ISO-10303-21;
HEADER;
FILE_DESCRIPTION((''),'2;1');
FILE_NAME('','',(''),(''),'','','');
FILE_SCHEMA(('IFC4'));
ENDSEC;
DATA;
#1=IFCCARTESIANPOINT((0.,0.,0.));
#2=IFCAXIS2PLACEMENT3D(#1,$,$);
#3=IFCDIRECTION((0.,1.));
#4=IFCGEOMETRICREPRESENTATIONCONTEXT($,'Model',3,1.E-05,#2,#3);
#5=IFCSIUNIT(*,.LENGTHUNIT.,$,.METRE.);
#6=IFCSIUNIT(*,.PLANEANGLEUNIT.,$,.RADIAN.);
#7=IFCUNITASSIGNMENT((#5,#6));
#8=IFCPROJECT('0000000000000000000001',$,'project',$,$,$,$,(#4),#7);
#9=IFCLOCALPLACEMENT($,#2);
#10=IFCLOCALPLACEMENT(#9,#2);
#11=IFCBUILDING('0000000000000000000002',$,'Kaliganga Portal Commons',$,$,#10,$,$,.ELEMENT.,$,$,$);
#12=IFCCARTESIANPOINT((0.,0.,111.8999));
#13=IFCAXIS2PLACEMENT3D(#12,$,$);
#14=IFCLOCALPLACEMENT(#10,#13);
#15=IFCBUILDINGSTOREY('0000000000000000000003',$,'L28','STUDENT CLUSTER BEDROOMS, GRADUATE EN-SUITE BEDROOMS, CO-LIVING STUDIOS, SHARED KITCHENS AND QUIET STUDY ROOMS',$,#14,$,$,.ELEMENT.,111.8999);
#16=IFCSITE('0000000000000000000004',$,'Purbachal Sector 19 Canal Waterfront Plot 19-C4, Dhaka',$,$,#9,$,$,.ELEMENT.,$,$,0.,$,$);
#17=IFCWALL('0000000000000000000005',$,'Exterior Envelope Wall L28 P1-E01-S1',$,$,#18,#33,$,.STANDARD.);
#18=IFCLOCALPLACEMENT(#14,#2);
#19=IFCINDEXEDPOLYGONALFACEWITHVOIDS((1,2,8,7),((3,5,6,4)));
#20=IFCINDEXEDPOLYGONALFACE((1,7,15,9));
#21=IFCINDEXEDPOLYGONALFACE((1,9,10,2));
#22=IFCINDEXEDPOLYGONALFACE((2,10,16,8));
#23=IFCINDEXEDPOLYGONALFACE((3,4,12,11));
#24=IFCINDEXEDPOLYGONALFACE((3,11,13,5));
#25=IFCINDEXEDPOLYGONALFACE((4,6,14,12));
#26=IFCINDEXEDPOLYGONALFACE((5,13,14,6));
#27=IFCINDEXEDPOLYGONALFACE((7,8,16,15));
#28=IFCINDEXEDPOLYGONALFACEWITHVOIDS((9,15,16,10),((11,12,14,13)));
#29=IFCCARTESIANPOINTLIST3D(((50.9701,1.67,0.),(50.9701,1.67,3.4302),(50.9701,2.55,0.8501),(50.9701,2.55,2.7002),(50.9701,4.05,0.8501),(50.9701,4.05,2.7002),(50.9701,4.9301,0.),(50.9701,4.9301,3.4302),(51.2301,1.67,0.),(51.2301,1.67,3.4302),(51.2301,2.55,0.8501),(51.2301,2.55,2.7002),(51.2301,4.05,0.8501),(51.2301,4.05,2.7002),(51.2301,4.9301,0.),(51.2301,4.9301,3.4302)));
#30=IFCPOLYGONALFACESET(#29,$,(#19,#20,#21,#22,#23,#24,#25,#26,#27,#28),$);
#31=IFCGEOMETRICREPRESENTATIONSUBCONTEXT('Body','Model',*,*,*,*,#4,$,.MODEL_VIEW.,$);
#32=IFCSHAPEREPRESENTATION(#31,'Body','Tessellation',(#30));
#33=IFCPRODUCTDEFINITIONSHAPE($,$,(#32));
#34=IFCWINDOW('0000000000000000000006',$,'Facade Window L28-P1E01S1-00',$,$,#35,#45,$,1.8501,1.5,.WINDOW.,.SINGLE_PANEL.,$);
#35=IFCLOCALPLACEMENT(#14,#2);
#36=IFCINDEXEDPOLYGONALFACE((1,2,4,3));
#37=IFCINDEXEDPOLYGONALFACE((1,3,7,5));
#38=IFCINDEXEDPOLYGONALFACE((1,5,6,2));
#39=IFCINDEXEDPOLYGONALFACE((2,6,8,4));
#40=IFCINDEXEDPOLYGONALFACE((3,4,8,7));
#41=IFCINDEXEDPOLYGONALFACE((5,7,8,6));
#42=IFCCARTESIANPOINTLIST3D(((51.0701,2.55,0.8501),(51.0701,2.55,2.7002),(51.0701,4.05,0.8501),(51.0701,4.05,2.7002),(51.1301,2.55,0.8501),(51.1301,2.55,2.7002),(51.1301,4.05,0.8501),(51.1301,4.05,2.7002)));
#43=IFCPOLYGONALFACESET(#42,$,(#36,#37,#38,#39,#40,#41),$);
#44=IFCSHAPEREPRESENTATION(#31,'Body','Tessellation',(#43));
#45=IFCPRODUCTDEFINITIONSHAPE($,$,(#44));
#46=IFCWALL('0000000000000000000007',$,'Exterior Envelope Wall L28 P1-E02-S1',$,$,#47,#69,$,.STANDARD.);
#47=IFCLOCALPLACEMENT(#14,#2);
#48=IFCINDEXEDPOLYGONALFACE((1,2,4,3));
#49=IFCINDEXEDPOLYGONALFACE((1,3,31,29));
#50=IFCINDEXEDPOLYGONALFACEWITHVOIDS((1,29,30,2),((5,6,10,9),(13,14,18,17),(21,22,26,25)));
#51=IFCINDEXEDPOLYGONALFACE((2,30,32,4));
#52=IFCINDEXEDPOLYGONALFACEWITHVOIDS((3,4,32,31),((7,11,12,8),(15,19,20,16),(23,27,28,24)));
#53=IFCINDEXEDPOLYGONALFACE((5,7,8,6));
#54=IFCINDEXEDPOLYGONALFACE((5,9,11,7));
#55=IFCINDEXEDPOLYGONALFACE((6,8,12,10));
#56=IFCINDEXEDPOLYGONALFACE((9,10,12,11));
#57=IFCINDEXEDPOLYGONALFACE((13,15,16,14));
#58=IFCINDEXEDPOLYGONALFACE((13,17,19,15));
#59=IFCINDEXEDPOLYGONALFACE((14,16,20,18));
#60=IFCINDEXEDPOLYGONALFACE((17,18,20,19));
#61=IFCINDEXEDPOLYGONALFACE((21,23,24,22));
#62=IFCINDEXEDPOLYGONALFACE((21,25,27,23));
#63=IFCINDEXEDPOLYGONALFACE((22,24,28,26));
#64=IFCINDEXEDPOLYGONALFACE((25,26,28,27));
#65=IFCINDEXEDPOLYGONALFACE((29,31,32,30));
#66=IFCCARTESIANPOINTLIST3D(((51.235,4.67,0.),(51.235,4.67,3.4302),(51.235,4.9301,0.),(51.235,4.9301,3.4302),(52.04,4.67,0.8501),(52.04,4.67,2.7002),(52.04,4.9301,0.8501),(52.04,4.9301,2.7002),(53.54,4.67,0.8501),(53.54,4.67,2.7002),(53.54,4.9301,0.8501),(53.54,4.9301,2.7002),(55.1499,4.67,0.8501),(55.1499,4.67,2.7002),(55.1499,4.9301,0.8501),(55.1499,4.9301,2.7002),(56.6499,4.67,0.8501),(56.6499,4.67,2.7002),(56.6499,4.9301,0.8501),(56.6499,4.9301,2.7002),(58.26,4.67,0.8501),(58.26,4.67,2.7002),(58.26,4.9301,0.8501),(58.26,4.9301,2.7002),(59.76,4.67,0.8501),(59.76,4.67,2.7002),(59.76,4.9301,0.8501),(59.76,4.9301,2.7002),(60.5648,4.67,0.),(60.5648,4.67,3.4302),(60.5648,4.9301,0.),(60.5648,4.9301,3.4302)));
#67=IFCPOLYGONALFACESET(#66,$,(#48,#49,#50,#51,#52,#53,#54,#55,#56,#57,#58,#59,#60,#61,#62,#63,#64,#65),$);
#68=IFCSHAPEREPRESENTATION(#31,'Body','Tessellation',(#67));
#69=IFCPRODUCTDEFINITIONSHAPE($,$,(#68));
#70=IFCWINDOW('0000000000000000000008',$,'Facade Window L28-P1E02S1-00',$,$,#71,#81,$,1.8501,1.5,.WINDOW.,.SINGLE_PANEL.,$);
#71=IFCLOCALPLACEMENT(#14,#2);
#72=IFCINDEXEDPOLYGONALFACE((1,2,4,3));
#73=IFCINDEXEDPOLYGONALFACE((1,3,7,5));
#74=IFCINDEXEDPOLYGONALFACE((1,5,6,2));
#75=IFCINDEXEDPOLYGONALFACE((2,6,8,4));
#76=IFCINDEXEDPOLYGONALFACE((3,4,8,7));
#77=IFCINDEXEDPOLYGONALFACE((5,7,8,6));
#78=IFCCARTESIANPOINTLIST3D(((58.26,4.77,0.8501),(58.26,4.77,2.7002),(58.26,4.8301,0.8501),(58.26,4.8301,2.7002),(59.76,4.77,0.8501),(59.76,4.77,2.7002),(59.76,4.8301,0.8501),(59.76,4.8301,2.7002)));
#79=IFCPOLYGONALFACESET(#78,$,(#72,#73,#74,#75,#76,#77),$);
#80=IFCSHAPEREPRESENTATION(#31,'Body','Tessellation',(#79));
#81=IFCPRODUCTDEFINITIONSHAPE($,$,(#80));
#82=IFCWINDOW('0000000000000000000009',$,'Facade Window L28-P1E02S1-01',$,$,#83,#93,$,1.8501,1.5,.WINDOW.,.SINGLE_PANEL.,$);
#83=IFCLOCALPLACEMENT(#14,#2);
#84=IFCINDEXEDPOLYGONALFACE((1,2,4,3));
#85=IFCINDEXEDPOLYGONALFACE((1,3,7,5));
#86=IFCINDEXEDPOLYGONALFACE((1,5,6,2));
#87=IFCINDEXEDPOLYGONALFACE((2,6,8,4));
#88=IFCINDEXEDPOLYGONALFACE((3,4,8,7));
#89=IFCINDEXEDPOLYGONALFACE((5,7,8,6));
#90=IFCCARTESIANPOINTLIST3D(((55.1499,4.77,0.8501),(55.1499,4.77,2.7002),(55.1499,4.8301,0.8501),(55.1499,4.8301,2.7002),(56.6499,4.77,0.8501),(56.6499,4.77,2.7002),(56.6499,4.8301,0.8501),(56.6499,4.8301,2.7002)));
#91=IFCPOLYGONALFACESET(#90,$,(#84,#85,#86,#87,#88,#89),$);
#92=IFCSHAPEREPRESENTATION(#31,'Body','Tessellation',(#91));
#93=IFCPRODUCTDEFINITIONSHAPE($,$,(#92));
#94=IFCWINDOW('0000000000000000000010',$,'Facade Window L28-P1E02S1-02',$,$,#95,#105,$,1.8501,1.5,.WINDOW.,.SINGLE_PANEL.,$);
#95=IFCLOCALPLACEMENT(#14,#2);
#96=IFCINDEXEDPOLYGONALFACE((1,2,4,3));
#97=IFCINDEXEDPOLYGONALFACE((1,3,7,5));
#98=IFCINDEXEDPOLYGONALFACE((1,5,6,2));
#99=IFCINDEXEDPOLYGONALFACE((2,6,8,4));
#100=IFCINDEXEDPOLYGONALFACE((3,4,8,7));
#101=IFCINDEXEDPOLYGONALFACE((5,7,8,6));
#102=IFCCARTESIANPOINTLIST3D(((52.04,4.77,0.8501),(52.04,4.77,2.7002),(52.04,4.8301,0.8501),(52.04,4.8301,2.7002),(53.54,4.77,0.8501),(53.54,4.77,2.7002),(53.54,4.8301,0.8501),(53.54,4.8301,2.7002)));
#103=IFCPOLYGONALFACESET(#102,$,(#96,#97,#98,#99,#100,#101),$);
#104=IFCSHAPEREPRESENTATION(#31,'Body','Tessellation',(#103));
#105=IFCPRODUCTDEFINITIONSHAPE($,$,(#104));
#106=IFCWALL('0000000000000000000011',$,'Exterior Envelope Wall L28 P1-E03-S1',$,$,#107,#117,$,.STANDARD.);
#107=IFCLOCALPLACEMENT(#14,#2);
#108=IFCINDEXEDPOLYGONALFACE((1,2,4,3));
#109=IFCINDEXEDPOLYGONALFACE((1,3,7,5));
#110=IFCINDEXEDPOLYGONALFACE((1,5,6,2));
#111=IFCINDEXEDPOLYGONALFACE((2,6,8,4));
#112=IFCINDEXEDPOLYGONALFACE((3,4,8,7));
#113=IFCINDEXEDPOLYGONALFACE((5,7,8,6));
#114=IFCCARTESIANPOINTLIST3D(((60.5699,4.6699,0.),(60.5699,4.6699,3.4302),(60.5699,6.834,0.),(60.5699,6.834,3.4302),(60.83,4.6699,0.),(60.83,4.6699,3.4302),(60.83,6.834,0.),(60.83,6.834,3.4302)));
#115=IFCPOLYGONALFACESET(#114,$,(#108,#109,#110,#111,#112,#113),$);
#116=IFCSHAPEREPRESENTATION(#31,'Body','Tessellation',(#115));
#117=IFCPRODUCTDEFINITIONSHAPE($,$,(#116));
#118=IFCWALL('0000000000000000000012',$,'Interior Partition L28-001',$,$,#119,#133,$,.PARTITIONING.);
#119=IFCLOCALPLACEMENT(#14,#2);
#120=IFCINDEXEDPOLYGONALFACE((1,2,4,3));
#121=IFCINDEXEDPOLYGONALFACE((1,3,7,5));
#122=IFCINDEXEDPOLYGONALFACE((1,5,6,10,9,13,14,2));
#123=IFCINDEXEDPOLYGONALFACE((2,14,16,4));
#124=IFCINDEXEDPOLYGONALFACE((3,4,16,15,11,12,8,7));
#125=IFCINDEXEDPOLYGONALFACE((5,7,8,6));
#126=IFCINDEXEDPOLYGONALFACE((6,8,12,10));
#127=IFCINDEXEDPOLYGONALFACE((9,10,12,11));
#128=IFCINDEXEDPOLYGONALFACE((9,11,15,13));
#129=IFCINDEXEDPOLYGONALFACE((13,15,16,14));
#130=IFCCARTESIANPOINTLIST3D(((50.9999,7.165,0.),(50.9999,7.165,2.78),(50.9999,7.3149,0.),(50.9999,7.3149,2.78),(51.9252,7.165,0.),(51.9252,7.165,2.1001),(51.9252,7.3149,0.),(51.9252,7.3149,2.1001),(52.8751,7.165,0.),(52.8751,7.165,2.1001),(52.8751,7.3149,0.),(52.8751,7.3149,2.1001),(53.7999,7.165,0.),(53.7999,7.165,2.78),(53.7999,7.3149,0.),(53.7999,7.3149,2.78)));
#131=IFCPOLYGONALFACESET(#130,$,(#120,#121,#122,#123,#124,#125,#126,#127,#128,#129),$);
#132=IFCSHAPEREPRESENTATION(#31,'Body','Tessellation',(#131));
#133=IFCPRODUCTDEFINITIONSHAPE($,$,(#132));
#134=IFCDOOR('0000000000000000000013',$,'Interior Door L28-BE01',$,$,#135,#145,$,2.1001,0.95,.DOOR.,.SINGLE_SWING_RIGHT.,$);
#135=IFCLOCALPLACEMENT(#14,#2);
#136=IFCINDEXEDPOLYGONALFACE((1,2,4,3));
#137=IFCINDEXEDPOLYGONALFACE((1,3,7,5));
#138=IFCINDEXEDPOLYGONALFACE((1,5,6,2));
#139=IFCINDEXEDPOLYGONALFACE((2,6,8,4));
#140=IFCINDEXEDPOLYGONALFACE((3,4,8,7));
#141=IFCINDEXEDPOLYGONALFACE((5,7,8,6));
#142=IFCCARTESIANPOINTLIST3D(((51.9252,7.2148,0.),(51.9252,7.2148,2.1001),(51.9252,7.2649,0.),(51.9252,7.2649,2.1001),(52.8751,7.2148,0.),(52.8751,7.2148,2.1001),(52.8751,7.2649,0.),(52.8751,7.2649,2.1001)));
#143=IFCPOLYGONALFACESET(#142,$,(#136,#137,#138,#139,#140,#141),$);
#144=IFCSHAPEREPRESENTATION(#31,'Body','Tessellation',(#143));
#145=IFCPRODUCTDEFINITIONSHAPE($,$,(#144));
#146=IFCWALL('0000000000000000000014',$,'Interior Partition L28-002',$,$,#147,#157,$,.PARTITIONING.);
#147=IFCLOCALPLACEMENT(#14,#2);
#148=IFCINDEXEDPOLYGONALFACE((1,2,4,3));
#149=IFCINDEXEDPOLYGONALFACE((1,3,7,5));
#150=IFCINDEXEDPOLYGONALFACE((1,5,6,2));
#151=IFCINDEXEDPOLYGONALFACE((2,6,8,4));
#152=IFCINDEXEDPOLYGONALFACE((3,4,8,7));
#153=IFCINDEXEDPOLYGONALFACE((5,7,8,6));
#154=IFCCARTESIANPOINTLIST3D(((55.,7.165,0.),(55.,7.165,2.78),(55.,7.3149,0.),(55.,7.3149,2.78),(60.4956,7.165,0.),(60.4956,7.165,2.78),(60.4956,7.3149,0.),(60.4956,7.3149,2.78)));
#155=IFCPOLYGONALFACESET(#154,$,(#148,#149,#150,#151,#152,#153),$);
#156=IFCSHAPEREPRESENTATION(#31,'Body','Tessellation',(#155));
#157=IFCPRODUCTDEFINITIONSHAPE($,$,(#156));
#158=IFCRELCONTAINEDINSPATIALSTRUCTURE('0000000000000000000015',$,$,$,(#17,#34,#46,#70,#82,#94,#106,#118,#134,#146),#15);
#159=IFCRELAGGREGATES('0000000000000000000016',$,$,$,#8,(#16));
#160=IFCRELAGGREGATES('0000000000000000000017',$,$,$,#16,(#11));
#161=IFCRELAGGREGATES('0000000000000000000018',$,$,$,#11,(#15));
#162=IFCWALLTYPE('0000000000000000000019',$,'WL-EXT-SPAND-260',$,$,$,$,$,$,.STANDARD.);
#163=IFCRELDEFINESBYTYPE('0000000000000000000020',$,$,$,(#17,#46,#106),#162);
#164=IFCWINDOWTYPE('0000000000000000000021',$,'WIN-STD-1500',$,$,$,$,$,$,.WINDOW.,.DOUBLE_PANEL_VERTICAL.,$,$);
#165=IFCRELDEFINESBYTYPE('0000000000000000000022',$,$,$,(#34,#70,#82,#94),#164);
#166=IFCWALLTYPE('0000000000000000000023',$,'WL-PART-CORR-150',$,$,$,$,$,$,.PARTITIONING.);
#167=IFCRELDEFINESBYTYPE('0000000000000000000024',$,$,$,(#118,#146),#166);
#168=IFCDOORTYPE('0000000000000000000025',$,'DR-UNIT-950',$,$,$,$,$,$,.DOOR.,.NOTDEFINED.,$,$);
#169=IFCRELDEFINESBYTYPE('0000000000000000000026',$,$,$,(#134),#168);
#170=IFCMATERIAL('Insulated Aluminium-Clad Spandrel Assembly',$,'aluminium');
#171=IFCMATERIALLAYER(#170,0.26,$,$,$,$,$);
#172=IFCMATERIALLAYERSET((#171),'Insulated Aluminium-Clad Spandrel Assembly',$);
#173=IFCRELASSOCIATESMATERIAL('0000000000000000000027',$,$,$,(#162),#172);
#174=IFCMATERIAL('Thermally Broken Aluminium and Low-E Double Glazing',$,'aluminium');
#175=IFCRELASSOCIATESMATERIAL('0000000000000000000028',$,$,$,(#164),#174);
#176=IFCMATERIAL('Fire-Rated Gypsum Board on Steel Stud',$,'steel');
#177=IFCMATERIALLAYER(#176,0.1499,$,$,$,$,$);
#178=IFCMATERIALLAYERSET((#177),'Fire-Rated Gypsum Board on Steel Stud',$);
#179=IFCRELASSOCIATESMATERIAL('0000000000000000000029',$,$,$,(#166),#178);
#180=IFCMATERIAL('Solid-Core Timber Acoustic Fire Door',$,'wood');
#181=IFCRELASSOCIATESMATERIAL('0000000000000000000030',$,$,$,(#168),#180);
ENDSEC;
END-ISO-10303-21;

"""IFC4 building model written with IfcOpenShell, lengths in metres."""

from ifc_helpers import new_model, si_unit, direction, frame, frame_2d, origin, place, context, subcontext, project, spatial, rectangle, extrude, material, layer, layer_set, type_object, element, fill, save


model = new_model("IFC4")

# Units and contexts
model_context = context("Model", 3, precision=1e-05, world=origin(), true_north=direction((0.0, 1.0)))
body_context = subcontext(model_context, "Body", "Model", "MODEL_VIEW")
ifc_project = project(units=[si_unit("LENGTHUNIT", "METRE"), si_unit("PLANEANGLEUNIT", "RADIAN")], contexts=[model_context])

# Site, building, storey
site_placement = place(None, origin())
site = spatial("IfcSite", under=ifc_project, at=site_placement, Name="Purbachal Sector 19 Canal Waterfront Plot 19-C4, Dhaka", CompositionType="ELEMENT", RefElevation=0.0)
building_placement = place(site_placement, origin())
building = spatial("IfcBuilding", under=site, at=building_placement, Name="Kaliganga Portal Commons", CompositionType="ELEMENT")
storey_placement = place(building_placement, frame((0.0, 0.0, 111.8999)))
storey = spatial("IfcBuildingStorey", under=building, at=storey_placement, Name="L28", Description="STUDENT CLUSTER BEDROOMS, GRADUATE EN-SUITE BEDROOMS, CO-LIVING STUDIOS, SHARED KITCHENS AND QUIET STUDY ROOMS", CompositionType="ELEMENT", Elevation=111.8999)

# Shared definitions
ifc_material_1 = material(Name="Insulated Aluminium-Clad Spandrel Assembly", Category="aluminium")
ifc_layer_1 = layer(ifc_material_1, 0.26)
ifc_layer_set_1 = layer_set([ifc_layer_1], Name="Insulated Aluminium-Clad Spandrel Assembly")
wall_type_1 = type_object("IfcWallType", Name="WL-EXT-SPAND-260", PredefinedType="STANDARD", material=ifc_layer_set_1)
ifc_material_2 = material(Name="Thermally Broken Aluminium and Low-E Double Glazing", Category="aluminium")
window_type = type_object("IfcWindowType", Name="WIN-STD-1500", PartitioningType="DOUBLE_PANEL_VERTICAL", PredefinedType="WINDOW", material=ifc_material_2)

# Wall, opening, window
wall_1_placement = place(storey_placement, frame((51.1001, 4.9299, 0.0), z_axis=(0.0, 0.0, 1.0), x_axis=(0.0, -1.0, 0.0)))
wall_1 = element("IfcWall", 1, at=wall_1_placement, inside=storey, type_object=wall_type_1, Name="Exterior Envelope Wall L28 P1-E01-S1", PredefinedType="STANDARD", context=body_context, shape_type="SweptSolid", body=[
    extrude(rectangle(XDim=3.26, YDim=0.26, at=frame_2d((1.6299, 0.0))), origin(), (0.0, 0.0, 1.0), 3.4302),
])
opening_1_placement = place(wall_1_placement, frame((0.8799, 0.0, 0.8501)))
opening_1 = element("IfcOpeningElement", 2, at=opening_1_placement, cuts=wall_1, PredefinedType="OPENING", context=body_context, shape_type="SweptSolid", body=[
    extrude(rectangle(XDim=1.5, YDim=1.8501, at=frame_2d((0.75, 0.925))), frame((0.0, 0.1401, 0.0), z_axis=(0.0, -1.0, 0.0), x_axis=(1.0, 0.0, 0.0)), (0.0, 0.0, 1.0), 0.28),
])
window_1_placement = place(opening_1_placement, origin())
window_1 = element("IfcWindow", 3, at=window_1_placement, inside=storey, type_object=window_type, Name="Facade Window L28-P1E01S1-00", OverallHeight=1.8501, OverallWidth=1.5, PartitioningType="SINGLE_PANEL", PredefinedType="WINDOW", context=body_context, shape_type="SweptSolid", body=[
    extrude(rectangle(XDim=1.5, YDim=1.8501, at=frame_2d((0.75, 0.925))), frame((0.0, 0.03, 0.0), z_axis=(0.0, -1.0, 0.0), x_axis=(1.0, 0.0, 0.0)), (0.0, 0.0, 1.0), 0.0601),
])
fill(opening_1, window_1)

# Wall, openings, windows
wall_2_placement = place(storey_placement, frame((60.5649, 4.8, 0.0), z_axis=(0.0, 0.0, 1.0), x_axis=(-1.0, 0.0, 0.0)))
wall_2 = element("IfcWall", 4, at=wall_2_placement, inside=storey, type_object=wall_type_1, Name="Exterior Envelope Wall L28 P1-E02-S1", PredefinedType="STANDARD", context=body_context, shape_type="SweptSolid", body=[
    extrude(rectangle(XDim=9.3298, YDim=0.26, at=frame_2d((4.665, 0.0))), origin(), (0.0, 0.0, 1.0), 3.4302),
])
opening_2_placement = place(wall_2_placement, frame((0.8049, 0.0, 0.8501)))
opening_2 = element("IfcOpeningElement", 5, at=opening_2_placement, cuts=wall_2, PredefinedType="OPENING", context=body_context, shape_type="SweptSolid", body=[
    extrude(rectangle(XDim=1.5, YDim=1.8501, at=frame_2d((0.75, 0.925))), frame((0.0, 0.1401, 0.0), z_axis=(0.0, -1.0, 0.0), x_axis=(1.0, 0.0, 0.0)), (0.0, 0.0, 1.0), 0.28),
])
opening_3_placement = place(wall_2_placement, frame((3.915, 0.0, 0.8501)))
opening_3 = element("IfcOpeningElement", 6, at=opening_3_placement, cuts=wall_2, PredefinedType="OPENING", context=body_context, shape_type="SweptSolid", body=[
    extrude(rectangle(XDim=1.5, YDim=1.8501, at=frame_2d((0.75, 0.925))), frame((0.0, 0.1401, 0.0), z_axis=(0.0, -1.0, 0.0), x_axis=(1.0, 0.0, 0.0)), (0.0, 0.0, 1.0), 0.28),
])
opening_4_placement = place(wall_2_placement, frame((7.0249, 0.0, 0.8501)))
opening_4 = element("IfcOpeningElement", 7, at=opening_4_placement, cuts=wall_2, PredefinedType="OPENING", context=body_context, shape_type="SweptSolid", body=[
    extrude(rectangle(XDim=1.5, YDim=1.8501, at=frame_2d((0.75, 0.925))), frame((0.0, 0.1401, 0.0), z_axis=(0.0, -1.0, 0.0), x_axis=(1.0, 0.0, 0.0)), (0.0, 0.0, 1.0), 0.28),
])
window_2_placement = place(opening_2_placement, origin())
window_2 = element("IfcWindow", 8, at=window_2_placement, inside=storey, type_object=window_type, Name="Facade Window L28-P1E02S1-00", OverallHeight=1.8501, OverallWidth=1.5, PartitioningType="SINGLE_PANEL", PredefinedType="WINDOW", context=body_context, shape_type="SweptSolid", body=[
    extrude(rectangle(XDim=1.5, YDim=1.8501, at=frame_2d((0.75, 0.925))), frame((0.0, 0.03, 0.0), z_axis=(0.0, -1.0, 0.0), x_axis=(1.0, 0.0, 0.0)), (0.0, 0.0, 1.0), 0.0601),
])
fill(opening_2, window_2)
window_3_placement = place(opening_3_placement, origin())
window_3 = element("IfcWindow", 9, at=window_3_placement, inside=storey, type_object=window_type, Name="Facade Window L28-P1E02S1-01", OverallHeight=1.8501, OverallWidth=1.5, PartitioningType="SINGLE_PANEL", PredefinedType="WINDOW", context=body_context, shape_type="SweptSolid", body=[
    extrude(rectangle(XDim=1.5, YDim=1.8501, at=frame_2d((0.75, 0.925))), frame((0.0, 0.03, 0.0), z_axis=(0.0, -1.0, 0.0), x_axis=(1.0, 0.0, 0.0)), (0.0, 0.0, 1.0), 0.0601),
])
fill(opening_3, window_3)
window_4_placement = place(opening_4_placement, origin())
window_4 = element("IfcWindow", 10, at=window_4_placement, inside=storey, type_object=window_type, Name="Facade Window L28-P1E02S1-02", OverallHeight=1.8501, OverallWidth=1.5, PartitioningType="SINGLE_PANEL", PredefinedType="WINDOW", context=body_context, shape_type="SweptSolid", body=[
    extrude(rectangle(XDim=1.5, YDim=1.8501, at=frame_2d((0.75, 0.925))), frame((0.0, 0.03, 0.0), z_axis=(0.0, -1.0, 0.0), x_axis=(1.0, 0.0, 0.0)), (0.0, 0.0, 1.0), 0.0601),
])
fill(opening_4, window_4)

# Wall
wall_3_placement = place(storey_placement, frame((60.7, 6.834, 0.0), z_axis=(0.0, 0.0, 1.0), x_axis=(0.0, -1.0, 0.0)))
element("IfcWall", 11, at=wall_3_placement, inside=storey, type_object=wall_type_1, Name="Exterior Envelope Wall L28 P1-E03-S1", PredefinedType="STANDARD", context=body_context, shape_type="SweptSolid", body=[
    extrude(rectangle(XDim=2.1641, YDim=0.26, at=frame_2d((1.082, 0.0))), origin(), (0.0, 0.0, 1.0), 3.4302),
])

# Wall, opening, door
ifc_material_3 = material(Name="Fire-Rated Gypsum Board on Steel Stud", Category="steel")
ifc_layer_2 = layer(ifc_material_3, 0.1499)
ifc_layer_set_2 = layer_set([ifc_layer_2], Name="Fire-Rated Gypsum Board on Steel Stud")
wall_type_2 = type_object("IfcWallType", Name="WL-PART-CORR-150", PredefinedType="PARTITIONING", material=ifc_layer_set_2)
wall_4_placement = place(storey_placement, frame((51.0, 7.24, 0.0), z_axis=(0.0, 0.0, 1.0), x_axis=(1.0, 0.0, 0.0)))
wall_4 = element("IfcWall", 12, at=wall_4_placement, inside=storey, type_object=wall_type_2, Name="Interior Partition L28-001", PredefinedType="PARTITIONING", context=body_context, shape_type="SweptSolid", body=[
    extrude(rectangle(XDim=2.8, YDim=0.1499, at=frame_2d((1.3999, 0.0))), origin(), (0.0, 0.0, 1.0), 2.78),
])
opening_5_placement = place(wall_4_placement, frame((0.925, 0.0, 0.0)))
opening_5 = element("IfcOpeningElement", 13, at=opening_5_placement, cuts=wall_4, PredefinedType="OPENING", context=body_context, shape_type="SweptSolid", body=[
    extrude(rectangle(XDim=0.95, YDim=2.1001, at=frame_2d((0.4751, 1.05))), frame((0.0, 0.085, 0.0), z_axis=(0.0, -1.0, 0.0), x_axis=(1.0, 0.0, 0.0)), (0.0, 0.0, 1.0), 0.1699),
])
ifc_material_4 = material(Name="Solid-Core Timber Acoustic Fire Door", Category="wood")
door_type = type_object("IfcDoorType", Name="DR-UNIT-950", OperationType="NOTDEFINED", PredefinedType="DOOR", material=ifc_material_4)
door_placement = place(opening_5_placement, origin())
door = element("IfcDoor", 14, at=door_placement, inside=storey, type_object=door_type, Name="Interior Door L28-BE01", OperationType="SINGLE_SWING_RIGHT", OverallHeight=2.1001, OverallWidth=0.95, PredefinedType="DOOR", context=body_context, shape_type="SweptSolid", body=[
    extrude(rectangle(XDim=0.95, YDim=2.1001, at=frame_2d((0.4751, 1.05))), frame((0.0, 0.0249, 0.0), z_axis=(0.0, -1.0, 0.0), x_axis=(1.0, 0.0, 0.0)), (0.0, 0.0, 1.0), 0.05),
])
fill(opening_5, door)

# Wall
wall_5_placement = place(storey_placement, frame((55.0, 7.24, 0.0), z_axis=(0.0, 0.0, 1.0), x_axis=(1.0, 0.0, 0.0)))
element("IfcWall", 15, at=wall_5_placement, inside=storey, type_object=wall_type_2, Name="Interior Partition L28-002", PredefinedType="PARTITIONING", context=body_context, shape_type="SweptSolid", body=[
    extrude(rectangle(XDim=5.4956, YDim=0.1499, at=frame_2d((2.7478, 0.0))), origin(), (0.0, 0.0, 1.0), 2.78),
])

save(model, "model.ifc")
